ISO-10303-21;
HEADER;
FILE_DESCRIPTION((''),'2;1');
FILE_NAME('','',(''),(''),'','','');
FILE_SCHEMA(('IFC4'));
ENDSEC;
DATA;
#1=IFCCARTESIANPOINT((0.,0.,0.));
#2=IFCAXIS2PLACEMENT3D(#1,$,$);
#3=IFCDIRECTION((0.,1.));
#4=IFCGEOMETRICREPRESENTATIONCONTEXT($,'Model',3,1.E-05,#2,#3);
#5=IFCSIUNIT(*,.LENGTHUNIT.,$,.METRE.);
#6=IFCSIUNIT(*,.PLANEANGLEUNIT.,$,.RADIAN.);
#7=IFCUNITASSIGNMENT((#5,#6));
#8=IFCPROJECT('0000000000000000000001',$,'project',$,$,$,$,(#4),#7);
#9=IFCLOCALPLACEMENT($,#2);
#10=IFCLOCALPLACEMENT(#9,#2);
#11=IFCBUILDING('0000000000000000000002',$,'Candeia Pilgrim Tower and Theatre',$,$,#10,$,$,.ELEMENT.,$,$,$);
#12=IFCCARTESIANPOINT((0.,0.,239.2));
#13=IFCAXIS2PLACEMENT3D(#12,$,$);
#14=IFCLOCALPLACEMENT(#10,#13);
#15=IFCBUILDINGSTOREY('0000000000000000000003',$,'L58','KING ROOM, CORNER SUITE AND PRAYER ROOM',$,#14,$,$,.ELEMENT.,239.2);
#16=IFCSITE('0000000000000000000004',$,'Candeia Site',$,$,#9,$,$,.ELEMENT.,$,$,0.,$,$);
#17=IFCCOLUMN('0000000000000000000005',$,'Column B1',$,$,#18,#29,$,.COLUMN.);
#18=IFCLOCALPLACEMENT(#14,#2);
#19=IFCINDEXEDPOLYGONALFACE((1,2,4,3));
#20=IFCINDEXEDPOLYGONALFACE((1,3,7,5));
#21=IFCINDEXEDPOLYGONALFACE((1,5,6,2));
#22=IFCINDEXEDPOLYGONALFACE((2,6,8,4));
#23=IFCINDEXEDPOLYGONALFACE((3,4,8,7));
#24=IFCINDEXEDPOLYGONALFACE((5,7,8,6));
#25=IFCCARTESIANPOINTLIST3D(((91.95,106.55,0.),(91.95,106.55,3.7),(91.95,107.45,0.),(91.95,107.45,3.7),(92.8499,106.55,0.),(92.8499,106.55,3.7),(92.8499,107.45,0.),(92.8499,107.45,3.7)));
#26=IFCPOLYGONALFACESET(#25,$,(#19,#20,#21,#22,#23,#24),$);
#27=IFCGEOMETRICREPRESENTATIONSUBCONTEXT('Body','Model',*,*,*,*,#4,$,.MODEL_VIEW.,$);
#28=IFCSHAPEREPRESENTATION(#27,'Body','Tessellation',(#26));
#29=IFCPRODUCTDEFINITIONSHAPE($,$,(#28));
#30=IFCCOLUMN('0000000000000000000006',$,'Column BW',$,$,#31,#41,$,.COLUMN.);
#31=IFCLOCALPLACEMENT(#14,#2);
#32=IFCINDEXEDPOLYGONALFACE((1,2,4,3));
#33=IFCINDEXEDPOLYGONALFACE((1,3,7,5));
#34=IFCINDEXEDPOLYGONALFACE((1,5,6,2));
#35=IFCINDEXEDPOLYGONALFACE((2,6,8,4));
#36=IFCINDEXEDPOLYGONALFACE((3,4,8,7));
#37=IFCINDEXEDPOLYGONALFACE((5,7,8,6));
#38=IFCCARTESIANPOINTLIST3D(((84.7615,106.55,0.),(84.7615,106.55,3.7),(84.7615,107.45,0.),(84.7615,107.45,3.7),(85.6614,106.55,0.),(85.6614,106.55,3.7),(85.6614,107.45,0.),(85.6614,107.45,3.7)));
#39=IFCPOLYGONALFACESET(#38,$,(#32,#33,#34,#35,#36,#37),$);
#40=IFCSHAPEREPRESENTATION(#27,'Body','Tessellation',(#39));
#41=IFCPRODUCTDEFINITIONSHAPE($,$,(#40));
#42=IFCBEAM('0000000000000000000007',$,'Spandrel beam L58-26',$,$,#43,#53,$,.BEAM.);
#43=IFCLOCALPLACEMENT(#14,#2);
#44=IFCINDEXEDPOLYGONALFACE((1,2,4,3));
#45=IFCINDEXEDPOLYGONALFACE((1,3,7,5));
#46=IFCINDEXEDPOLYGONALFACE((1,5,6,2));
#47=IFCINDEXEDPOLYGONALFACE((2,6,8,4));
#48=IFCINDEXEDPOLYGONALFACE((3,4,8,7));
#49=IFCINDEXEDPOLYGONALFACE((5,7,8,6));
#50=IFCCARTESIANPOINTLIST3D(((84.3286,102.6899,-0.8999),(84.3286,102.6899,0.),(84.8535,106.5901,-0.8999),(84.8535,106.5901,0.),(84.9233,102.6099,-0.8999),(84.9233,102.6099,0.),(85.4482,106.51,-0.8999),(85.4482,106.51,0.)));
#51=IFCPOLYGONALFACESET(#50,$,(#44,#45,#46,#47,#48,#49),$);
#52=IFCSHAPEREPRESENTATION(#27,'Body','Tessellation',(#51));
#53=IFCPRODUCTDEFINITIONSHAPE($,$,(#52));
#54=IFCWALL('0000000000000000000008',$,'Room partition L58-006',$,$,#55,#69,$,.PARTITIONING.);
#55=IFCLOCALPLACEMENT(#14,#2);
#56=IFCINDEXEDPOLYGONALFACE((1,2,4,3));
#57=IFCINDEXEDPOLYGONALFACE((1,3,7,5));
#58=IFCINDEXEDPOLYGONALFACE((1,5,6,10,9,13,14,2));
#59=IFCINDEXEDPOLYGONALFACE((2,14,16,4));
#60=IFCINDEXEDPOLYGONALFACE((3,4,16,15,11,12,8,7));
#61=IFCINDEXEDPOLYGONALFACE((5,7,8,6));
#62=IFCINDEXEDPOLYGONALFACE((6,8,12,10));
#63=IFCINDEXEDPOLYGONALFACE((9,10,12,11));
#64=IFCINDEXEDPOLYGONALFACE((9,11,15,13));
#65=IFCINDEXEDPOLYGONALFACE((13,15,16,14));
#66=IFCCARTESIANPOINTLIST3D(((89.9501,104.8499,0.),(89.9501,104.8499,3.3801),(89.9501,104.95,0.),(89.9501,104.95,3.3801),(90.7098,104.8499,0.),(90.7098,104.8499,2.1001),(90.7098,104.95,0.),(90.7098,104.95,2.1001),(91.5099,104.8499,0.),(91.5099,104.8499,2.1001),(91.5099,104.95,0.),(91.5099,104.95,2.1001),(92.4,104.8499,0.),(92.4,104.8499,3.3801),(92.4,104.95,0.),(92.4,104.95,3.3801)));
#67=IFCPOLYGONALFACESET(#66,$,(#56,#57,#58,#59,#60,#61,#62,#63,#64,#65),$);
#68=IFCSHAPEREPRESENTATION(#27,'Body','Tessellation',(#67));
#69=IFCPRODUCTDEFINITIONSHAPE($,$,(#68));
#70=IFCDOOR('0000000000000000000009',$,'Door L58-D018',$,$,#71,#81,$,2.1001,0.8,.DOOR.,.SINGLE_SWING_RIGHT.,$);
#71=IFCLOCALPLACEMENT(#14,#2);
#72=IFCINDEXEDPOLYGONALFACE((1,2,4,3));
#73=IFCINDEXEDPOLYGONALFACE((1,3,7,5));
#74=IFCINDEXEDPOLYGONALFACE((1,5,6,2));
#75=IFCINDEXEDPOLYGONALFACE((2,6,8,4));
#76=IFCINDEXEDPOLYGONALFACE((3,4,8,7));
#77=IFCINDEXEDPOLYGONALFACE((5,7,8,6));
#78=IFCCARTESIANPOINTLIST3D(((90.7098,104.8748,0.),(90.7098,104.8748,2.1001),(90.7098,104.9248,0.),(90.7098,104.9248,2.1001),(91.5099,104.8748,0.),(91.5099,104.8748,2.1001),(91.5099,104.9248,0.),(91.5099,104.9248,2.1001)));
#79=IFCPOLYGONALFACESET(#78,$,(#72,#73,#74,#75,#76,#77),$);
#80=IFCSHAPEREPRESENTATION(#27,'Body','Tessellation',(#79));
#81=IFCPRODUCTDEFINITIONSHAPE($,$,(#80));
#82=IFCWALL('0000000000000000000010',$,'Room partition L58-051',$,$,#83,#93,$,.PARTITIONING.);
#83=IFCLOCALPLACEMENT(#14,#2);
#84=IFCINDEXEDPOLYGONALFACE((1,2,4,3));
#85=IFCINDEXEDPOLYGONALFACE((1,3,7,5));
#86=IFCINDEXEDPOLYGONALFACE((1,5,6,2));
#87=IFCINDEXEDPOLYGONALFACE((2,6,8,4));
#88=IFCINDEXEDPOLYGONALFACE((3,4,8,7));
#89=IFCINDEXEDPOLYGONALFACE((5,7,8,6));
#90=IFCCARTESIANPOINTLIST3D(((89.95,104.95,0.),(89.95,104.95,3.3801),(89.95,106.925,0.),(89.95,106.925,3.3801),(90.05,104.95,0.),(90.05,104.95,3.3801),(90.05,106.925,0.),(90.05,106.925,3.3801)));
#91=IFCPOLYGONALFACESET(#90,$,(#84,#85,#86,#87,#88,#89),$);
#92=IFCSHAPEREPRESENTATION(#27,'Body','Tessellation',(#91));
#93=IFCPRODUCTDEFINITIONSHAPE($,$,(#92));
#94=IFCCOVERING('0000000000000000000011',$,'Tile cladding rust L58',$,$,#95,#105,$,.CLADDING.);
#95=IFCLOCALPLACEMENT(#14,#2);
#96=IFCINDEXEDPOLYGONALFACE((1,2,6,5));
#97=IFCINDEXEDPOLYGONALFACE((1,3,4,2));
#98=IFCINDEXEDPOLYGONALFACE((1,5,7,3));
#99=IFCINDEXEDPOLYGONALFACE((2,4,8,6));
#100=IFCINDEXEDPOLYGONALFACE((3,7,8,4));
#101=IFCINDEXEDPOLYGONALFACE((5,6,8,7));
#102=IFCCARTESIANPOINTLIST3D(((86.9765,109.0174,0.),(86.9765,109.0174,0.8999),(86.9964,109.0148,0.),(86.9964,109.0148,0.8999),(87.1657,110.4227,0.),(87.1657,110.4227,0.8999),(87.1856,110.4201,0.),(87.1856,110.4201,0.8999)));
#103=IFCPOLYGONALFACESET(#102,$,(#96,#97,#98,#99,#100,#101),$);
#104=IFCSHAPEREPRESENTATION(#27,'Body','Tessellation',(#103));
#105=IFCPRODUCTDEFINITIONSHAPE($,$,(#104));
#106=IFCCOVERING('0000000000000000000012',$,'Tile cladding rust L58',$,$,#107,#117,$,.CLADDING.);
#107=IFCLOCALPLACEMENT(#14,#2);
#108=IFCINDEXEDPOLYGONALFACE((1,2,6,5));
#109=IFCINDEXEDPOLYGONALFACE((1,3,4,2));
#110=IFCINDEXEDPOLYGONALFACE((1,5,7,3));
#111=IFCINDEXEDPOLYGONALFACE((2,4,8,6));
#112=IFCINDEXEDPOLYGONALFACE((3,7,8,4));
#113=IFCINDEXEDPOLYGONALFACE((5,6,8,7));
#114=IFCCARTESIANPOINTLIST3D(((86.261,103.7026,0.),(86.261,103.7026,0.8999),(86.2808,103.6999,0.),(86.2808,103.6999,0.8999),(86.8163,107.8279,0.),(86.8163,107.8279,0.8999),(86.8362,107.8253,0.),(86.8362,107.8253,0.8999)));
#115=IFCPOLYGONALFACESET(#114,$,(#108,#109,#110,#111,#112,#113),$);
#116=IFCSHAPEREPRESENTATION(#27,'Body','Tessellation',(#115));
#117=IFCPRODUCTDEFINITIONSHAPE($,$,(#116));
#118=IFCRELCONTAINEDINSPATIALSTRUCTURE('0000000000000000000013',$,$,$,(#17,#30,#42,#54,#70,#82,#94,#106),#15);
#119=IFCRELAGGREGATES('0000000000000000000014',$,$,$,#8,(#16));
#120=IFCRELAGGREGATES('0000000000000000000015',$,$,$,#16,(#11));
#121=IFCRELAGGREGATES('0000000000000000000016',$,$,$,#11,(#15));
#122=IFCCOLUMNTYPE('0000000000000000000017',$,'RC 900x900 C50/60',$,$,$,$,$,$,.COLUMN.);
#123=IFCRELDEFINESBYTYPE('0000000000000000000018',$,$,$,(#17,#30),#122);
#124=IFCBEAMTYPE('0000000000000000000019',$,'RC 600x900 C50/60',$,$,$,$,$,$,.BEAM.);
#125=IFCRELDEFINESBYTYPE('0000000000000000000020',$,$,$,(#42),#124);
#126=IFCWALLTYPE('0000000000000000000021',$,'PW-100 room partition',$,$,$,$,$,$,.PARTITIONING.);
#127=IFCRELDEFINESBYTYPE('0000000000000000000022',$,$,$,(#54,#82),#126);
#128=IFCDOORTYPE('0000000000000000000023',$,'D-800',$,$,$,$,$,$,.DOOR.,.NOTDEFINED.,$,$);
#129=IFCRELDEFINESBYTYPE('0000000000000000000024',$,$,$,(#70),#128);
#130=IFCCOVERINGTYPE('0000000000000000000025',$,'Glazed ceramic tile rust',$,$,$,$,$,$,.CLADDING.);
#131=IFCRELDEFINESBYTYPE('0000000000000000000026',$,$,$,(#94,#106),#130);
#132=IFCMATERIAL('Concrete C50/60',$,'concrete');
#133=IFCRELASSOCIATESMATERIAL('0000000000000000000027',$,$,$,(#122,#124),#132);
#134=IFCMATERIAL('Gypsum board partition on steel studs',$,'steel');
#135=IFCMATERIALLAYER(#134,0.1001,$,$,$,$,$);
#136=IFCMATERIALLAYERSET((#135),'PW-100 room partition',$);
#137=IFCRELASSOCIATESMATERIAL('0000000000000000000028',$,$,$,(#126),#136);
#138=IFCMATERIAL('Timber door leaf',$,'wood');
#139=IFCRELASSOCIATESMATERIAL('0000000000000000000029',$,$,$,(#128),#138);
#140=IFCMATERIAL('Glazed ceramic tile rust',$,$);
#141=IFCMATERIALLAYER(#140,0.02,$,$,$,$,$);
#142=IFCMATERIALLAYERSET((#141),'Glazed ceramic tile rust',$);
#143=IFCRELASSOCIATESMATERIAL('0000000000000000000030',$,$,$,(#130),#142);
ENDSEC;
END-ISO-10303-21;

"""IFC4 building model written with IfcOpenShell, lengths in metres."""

from ifc_helpers import new_model, si_unit, direction, frame, frame_2d, origin, origin_2d, place, context, subcontext, project, spatial, rectangle, extrude, material, layer, layer_set, material_profile, profile_set, type_object, element, fill, save


model = new_model("IFC4")

# Units and contexts
model_context = context("Model", 3, precision=1e-05, world=origin(), true_north=direction((0.0, 1.0)))
body_context = subcontext(model_context, "Body", "Model", "MODEL_VIEW")
ifc_project = project(units=[si_unit("LENGTHUNIT", "METRE"), si_unit("PLANEANGLEUNIT", "RADIAN")], contexts=[model_context])

# Site, building, storey
site_placement = place(None, origin())
site = spatial("IfcSite", under=ifc_project, at=site_placement, Name="Candeia Site", CompositionType="ELEMENT", RefElevation=0.0)
building_placement = place(site_placement, origin())
building = spatial("IfcBuilding", under=site, at=building_placement, Name="Candeia Pilgrim Tower and Theatre", CompositionType="ELEMENT")
storey_placement = place(building_placement, frame((0.0, 0.0, 239.2)))
storey = spatial("IfcBuildingStorey", under=building, at=storey_placement, Name="L58", Description="KING ROOM, CORNER SUITE AND PRAYER ROOM", CompositionType="ELEMENT", Elevation=239.2)

# Columns
ifc_material_1 = material(Name="Concrete C50/60", Category="concrete")
ifc_material_profile_1 = material_profile(ifc_material_1, rectangle(XDim=0.8999, YDim=0.8999, at=origin_2d()))
ifc_profile_set_1 = profile_set([ifc_material_profile_1], Name="Concrete C50/60")
column_type = type_object("IfcColumnType", Name="RC 900x900 C50/60", PredefinedType="COLUMN", material=ifc_profile_set_1)
for number, where, z_axis, x_axis, name in (
    (1, (92.3999, 107.0, 0.0), (0.0, 0.0, 1.0), (1.0, 0.0, 0.0), "Column B1"),
    (2, (85.2114, 107.0, 0.0), (0.0, 0.0, 1.0), (1.0, 0.0, 0.0), "Column BW"),
):
    element("IfcColumn", number, at=place(storey_placement, frame(where, z_axis=z_axis, x_axis=x_axis)), inside=storey, type_object=column_type, Name=name, PredefinedType="COLUMN", context=body_context, shape_type="SweptSolid", body=[
        extrude(rectangle(XDim=0.8999, YDim=0.8999, at=origin_2d()), origin(), (0.0, 0.0, 1.0), 3.7),
    ])

# Beam
ifc_material_profile_2 = material_profile(ifc_material_1, rectangle(XDim=0.6001, YDim=0.8999, at=origin_2d()))
ifc_profile_set_2 = profile_set([ifc_material_profile_2], Name="Concrete C50/60")
beam_type = type_object("IfcBeamType", Name="RC 600x900 C50/60", PredefinedType="BEAM", material=ifc_profile_set_2)
beam_placement = place(storey_placement, frame((85.1509, 106.55, -0.45), z_axis=(-0.133383, -0.991065, 0.0), x_axis=(0.991065, -0.133383, 0.0)))
element("IfcBeam", 3, at=beam_placement, inside=storey, type_object=beam_type, Name="Spandrel beam L58-26", PredefinedType="BEAM", context=body_context, shape_type="SweptSolid", body=[
    extrude(rectangle(XDim=0.6001, YDim=0.8999, at=origin_2d()), origin(), (0.0, 0.0, 1.0), 3.9353),
])

# Wall, opening, door
ifc_material_2 = material(Name="Gypsum board partition on steel studs", Category="steel")
ifc_layer_1 = layer(ifc_material_2, 0.1001)
ifc_layer_set_1 = layer_set([ifc_layer_1], Name="PW-100 room partition")
wall_type_1 = type_object("IfcWallType", Name="PW-100 room partition", PredefinedType="PARTITIONING", material=ifc_layer_set_1)
wall_1_placement = place(storey_placement, frame((89.95, 104.8999, 0.0), z_axis=(0.0, 0.0, 1.0), x_axis=(1.0, 0.0, 0.0)))
wall_1 = element("IfcWall", 4, at=wall_1_placement, inside=storey, type_object=wall_type_1, Name="Room partition L58-006", PredefinedType="PARTITIONING", context=body_context, shape_type="SweptSolid", body=[
    extrude(rectangle(XDim=2.45, YDim=0.1001, at=frame_2d((1.2251, 0.0))), origin(), (0.0, 0.0, 1.0), 3.3801),
])
opening_1_placement = place(wall_1_placement, frame((0.76, 0.0, 0.0)))
opening_1 = element("IfcOpeningElement", 5, at=opening_1_placement, cuts=wall_1, PredefinedType="OPENING", context=body_context, shape_type="SweptSolid", body=[
    extrude(rectangle(XDim=0.8, YDim=2.1001, at=frame_2d((0.3999, 1.05))), frame((0.0, 0.0601, 0.0), z_axis=(0.0, -1.0, 0.0), x_axis=(1.0, 0.0, 0.0)), (0.0, 0.0, 1.0), 0.1201),
])
ifc_material_3 = material(Name="Timber door leaf", Category="wood")
door_type_1 = type_object("IfcDoorType", Name="D-800", OperationType="NOTDEFINED", PredefinedType="DOOR", material=ifc_material_3)
door_1_placement = place(opening_1_placement, origin())
door_1 = element("IfcDoor", 6, at=door_1_placement, inside=storey, type_object=door_type_1, Name="Door L58-D018", OperationType="SINGLE_SWING_RIGHT", OverallHeight=2.1001, OverallWidth=0.8, PredefinedType="DOOR", context=body_context, shape_type="SweptSolid", body=[
    extrude(rectangle(XDim=0.8, YDim=2.1001, at=frame_2d((0.3999, 1.05))), frame((0.0, 0.0249, 0.0), z_axis=(0.0, -1.0, 0.0), x_axis=(1.0, 0.0, 0.0)), (0.0, 0.0, 1.0), 0.05),
])
fill(opening_1, door_1)

# Wall
wall_2_placement = place(storey_placement, frame((90.0, 104.95, 0.0), z_axis=(0.0, 0.0, 1.0), x_axis=(0.0, 1.0, 0.0)))
element("IfcWall", 7, at=wall_2_placement, inside=storey, type_object=wall_type_1, Name="Room partition L58-051", PredefinedType="PARTITIONING", context=body_context, shape_type="SweptSolid", body=[
    extrude(rectangle(XDim=1.9751, YDim=0.1001, at=frame_2d((0.9875, 0.0))), origin(), (0.0, 0.0, 1.0), 3.3801),
])

# Coverings
ifc_material_4 = material(Name="Glazed ceramic tile rust")
ifc_layer_2 = layer(ifc_material_4, 0.02)
ifc_layer_set_2 = layer_set([ifc_layer_2], Name="Glazed ceramic tile rust")
covering_type = type_object("IfcCoveringType", Name="Glazed ceramic tile rust", PredefinedType="CLADDING", material=ifc_layer_set_2)
covering_1_placement = place(storey_placement, frame((87.0811, 109.7188, 0.0), z_axis=(0.0, 0.0, 1.0), x_axis=(-0.133412, -0.991061, 0.0)))
element("IfcCovering", 8, at=covering_1_placement, inside=storey, type_object=covering_type, Name="Tile cladding rust L58", PredefinedType="CLADDING", context=body_context, shape_type="SweptSolid", body=[
    extrude(rectangle(XDim=1.418, YDim=0.02, at=origin_2d()), origin(), (0.0, 0.0, 1.0), 0.8999),
])
covering_2_placement = place(storey_placement, frame((86.5486, 105.7639, 0.0), z_axis=(0.0, 0.0, 1.0), x_axis=(-0.133412, -0.991061, 0.0)))
element("IfcCovering", 9, at=covering_2_placement, inside=storey, type_object=covering_type, Name="Tile cladding rust L58", PredefinedType="CLADDING", context=body_context, shape_type="SweptSolid", body=[
    extrude(rectangle(XDim=4.1626, YDim=0.02, at=origin_2d()), origin(), (0.0, 0.0, 1.0), 0.8999),
])

save(model, "model.ifc")
